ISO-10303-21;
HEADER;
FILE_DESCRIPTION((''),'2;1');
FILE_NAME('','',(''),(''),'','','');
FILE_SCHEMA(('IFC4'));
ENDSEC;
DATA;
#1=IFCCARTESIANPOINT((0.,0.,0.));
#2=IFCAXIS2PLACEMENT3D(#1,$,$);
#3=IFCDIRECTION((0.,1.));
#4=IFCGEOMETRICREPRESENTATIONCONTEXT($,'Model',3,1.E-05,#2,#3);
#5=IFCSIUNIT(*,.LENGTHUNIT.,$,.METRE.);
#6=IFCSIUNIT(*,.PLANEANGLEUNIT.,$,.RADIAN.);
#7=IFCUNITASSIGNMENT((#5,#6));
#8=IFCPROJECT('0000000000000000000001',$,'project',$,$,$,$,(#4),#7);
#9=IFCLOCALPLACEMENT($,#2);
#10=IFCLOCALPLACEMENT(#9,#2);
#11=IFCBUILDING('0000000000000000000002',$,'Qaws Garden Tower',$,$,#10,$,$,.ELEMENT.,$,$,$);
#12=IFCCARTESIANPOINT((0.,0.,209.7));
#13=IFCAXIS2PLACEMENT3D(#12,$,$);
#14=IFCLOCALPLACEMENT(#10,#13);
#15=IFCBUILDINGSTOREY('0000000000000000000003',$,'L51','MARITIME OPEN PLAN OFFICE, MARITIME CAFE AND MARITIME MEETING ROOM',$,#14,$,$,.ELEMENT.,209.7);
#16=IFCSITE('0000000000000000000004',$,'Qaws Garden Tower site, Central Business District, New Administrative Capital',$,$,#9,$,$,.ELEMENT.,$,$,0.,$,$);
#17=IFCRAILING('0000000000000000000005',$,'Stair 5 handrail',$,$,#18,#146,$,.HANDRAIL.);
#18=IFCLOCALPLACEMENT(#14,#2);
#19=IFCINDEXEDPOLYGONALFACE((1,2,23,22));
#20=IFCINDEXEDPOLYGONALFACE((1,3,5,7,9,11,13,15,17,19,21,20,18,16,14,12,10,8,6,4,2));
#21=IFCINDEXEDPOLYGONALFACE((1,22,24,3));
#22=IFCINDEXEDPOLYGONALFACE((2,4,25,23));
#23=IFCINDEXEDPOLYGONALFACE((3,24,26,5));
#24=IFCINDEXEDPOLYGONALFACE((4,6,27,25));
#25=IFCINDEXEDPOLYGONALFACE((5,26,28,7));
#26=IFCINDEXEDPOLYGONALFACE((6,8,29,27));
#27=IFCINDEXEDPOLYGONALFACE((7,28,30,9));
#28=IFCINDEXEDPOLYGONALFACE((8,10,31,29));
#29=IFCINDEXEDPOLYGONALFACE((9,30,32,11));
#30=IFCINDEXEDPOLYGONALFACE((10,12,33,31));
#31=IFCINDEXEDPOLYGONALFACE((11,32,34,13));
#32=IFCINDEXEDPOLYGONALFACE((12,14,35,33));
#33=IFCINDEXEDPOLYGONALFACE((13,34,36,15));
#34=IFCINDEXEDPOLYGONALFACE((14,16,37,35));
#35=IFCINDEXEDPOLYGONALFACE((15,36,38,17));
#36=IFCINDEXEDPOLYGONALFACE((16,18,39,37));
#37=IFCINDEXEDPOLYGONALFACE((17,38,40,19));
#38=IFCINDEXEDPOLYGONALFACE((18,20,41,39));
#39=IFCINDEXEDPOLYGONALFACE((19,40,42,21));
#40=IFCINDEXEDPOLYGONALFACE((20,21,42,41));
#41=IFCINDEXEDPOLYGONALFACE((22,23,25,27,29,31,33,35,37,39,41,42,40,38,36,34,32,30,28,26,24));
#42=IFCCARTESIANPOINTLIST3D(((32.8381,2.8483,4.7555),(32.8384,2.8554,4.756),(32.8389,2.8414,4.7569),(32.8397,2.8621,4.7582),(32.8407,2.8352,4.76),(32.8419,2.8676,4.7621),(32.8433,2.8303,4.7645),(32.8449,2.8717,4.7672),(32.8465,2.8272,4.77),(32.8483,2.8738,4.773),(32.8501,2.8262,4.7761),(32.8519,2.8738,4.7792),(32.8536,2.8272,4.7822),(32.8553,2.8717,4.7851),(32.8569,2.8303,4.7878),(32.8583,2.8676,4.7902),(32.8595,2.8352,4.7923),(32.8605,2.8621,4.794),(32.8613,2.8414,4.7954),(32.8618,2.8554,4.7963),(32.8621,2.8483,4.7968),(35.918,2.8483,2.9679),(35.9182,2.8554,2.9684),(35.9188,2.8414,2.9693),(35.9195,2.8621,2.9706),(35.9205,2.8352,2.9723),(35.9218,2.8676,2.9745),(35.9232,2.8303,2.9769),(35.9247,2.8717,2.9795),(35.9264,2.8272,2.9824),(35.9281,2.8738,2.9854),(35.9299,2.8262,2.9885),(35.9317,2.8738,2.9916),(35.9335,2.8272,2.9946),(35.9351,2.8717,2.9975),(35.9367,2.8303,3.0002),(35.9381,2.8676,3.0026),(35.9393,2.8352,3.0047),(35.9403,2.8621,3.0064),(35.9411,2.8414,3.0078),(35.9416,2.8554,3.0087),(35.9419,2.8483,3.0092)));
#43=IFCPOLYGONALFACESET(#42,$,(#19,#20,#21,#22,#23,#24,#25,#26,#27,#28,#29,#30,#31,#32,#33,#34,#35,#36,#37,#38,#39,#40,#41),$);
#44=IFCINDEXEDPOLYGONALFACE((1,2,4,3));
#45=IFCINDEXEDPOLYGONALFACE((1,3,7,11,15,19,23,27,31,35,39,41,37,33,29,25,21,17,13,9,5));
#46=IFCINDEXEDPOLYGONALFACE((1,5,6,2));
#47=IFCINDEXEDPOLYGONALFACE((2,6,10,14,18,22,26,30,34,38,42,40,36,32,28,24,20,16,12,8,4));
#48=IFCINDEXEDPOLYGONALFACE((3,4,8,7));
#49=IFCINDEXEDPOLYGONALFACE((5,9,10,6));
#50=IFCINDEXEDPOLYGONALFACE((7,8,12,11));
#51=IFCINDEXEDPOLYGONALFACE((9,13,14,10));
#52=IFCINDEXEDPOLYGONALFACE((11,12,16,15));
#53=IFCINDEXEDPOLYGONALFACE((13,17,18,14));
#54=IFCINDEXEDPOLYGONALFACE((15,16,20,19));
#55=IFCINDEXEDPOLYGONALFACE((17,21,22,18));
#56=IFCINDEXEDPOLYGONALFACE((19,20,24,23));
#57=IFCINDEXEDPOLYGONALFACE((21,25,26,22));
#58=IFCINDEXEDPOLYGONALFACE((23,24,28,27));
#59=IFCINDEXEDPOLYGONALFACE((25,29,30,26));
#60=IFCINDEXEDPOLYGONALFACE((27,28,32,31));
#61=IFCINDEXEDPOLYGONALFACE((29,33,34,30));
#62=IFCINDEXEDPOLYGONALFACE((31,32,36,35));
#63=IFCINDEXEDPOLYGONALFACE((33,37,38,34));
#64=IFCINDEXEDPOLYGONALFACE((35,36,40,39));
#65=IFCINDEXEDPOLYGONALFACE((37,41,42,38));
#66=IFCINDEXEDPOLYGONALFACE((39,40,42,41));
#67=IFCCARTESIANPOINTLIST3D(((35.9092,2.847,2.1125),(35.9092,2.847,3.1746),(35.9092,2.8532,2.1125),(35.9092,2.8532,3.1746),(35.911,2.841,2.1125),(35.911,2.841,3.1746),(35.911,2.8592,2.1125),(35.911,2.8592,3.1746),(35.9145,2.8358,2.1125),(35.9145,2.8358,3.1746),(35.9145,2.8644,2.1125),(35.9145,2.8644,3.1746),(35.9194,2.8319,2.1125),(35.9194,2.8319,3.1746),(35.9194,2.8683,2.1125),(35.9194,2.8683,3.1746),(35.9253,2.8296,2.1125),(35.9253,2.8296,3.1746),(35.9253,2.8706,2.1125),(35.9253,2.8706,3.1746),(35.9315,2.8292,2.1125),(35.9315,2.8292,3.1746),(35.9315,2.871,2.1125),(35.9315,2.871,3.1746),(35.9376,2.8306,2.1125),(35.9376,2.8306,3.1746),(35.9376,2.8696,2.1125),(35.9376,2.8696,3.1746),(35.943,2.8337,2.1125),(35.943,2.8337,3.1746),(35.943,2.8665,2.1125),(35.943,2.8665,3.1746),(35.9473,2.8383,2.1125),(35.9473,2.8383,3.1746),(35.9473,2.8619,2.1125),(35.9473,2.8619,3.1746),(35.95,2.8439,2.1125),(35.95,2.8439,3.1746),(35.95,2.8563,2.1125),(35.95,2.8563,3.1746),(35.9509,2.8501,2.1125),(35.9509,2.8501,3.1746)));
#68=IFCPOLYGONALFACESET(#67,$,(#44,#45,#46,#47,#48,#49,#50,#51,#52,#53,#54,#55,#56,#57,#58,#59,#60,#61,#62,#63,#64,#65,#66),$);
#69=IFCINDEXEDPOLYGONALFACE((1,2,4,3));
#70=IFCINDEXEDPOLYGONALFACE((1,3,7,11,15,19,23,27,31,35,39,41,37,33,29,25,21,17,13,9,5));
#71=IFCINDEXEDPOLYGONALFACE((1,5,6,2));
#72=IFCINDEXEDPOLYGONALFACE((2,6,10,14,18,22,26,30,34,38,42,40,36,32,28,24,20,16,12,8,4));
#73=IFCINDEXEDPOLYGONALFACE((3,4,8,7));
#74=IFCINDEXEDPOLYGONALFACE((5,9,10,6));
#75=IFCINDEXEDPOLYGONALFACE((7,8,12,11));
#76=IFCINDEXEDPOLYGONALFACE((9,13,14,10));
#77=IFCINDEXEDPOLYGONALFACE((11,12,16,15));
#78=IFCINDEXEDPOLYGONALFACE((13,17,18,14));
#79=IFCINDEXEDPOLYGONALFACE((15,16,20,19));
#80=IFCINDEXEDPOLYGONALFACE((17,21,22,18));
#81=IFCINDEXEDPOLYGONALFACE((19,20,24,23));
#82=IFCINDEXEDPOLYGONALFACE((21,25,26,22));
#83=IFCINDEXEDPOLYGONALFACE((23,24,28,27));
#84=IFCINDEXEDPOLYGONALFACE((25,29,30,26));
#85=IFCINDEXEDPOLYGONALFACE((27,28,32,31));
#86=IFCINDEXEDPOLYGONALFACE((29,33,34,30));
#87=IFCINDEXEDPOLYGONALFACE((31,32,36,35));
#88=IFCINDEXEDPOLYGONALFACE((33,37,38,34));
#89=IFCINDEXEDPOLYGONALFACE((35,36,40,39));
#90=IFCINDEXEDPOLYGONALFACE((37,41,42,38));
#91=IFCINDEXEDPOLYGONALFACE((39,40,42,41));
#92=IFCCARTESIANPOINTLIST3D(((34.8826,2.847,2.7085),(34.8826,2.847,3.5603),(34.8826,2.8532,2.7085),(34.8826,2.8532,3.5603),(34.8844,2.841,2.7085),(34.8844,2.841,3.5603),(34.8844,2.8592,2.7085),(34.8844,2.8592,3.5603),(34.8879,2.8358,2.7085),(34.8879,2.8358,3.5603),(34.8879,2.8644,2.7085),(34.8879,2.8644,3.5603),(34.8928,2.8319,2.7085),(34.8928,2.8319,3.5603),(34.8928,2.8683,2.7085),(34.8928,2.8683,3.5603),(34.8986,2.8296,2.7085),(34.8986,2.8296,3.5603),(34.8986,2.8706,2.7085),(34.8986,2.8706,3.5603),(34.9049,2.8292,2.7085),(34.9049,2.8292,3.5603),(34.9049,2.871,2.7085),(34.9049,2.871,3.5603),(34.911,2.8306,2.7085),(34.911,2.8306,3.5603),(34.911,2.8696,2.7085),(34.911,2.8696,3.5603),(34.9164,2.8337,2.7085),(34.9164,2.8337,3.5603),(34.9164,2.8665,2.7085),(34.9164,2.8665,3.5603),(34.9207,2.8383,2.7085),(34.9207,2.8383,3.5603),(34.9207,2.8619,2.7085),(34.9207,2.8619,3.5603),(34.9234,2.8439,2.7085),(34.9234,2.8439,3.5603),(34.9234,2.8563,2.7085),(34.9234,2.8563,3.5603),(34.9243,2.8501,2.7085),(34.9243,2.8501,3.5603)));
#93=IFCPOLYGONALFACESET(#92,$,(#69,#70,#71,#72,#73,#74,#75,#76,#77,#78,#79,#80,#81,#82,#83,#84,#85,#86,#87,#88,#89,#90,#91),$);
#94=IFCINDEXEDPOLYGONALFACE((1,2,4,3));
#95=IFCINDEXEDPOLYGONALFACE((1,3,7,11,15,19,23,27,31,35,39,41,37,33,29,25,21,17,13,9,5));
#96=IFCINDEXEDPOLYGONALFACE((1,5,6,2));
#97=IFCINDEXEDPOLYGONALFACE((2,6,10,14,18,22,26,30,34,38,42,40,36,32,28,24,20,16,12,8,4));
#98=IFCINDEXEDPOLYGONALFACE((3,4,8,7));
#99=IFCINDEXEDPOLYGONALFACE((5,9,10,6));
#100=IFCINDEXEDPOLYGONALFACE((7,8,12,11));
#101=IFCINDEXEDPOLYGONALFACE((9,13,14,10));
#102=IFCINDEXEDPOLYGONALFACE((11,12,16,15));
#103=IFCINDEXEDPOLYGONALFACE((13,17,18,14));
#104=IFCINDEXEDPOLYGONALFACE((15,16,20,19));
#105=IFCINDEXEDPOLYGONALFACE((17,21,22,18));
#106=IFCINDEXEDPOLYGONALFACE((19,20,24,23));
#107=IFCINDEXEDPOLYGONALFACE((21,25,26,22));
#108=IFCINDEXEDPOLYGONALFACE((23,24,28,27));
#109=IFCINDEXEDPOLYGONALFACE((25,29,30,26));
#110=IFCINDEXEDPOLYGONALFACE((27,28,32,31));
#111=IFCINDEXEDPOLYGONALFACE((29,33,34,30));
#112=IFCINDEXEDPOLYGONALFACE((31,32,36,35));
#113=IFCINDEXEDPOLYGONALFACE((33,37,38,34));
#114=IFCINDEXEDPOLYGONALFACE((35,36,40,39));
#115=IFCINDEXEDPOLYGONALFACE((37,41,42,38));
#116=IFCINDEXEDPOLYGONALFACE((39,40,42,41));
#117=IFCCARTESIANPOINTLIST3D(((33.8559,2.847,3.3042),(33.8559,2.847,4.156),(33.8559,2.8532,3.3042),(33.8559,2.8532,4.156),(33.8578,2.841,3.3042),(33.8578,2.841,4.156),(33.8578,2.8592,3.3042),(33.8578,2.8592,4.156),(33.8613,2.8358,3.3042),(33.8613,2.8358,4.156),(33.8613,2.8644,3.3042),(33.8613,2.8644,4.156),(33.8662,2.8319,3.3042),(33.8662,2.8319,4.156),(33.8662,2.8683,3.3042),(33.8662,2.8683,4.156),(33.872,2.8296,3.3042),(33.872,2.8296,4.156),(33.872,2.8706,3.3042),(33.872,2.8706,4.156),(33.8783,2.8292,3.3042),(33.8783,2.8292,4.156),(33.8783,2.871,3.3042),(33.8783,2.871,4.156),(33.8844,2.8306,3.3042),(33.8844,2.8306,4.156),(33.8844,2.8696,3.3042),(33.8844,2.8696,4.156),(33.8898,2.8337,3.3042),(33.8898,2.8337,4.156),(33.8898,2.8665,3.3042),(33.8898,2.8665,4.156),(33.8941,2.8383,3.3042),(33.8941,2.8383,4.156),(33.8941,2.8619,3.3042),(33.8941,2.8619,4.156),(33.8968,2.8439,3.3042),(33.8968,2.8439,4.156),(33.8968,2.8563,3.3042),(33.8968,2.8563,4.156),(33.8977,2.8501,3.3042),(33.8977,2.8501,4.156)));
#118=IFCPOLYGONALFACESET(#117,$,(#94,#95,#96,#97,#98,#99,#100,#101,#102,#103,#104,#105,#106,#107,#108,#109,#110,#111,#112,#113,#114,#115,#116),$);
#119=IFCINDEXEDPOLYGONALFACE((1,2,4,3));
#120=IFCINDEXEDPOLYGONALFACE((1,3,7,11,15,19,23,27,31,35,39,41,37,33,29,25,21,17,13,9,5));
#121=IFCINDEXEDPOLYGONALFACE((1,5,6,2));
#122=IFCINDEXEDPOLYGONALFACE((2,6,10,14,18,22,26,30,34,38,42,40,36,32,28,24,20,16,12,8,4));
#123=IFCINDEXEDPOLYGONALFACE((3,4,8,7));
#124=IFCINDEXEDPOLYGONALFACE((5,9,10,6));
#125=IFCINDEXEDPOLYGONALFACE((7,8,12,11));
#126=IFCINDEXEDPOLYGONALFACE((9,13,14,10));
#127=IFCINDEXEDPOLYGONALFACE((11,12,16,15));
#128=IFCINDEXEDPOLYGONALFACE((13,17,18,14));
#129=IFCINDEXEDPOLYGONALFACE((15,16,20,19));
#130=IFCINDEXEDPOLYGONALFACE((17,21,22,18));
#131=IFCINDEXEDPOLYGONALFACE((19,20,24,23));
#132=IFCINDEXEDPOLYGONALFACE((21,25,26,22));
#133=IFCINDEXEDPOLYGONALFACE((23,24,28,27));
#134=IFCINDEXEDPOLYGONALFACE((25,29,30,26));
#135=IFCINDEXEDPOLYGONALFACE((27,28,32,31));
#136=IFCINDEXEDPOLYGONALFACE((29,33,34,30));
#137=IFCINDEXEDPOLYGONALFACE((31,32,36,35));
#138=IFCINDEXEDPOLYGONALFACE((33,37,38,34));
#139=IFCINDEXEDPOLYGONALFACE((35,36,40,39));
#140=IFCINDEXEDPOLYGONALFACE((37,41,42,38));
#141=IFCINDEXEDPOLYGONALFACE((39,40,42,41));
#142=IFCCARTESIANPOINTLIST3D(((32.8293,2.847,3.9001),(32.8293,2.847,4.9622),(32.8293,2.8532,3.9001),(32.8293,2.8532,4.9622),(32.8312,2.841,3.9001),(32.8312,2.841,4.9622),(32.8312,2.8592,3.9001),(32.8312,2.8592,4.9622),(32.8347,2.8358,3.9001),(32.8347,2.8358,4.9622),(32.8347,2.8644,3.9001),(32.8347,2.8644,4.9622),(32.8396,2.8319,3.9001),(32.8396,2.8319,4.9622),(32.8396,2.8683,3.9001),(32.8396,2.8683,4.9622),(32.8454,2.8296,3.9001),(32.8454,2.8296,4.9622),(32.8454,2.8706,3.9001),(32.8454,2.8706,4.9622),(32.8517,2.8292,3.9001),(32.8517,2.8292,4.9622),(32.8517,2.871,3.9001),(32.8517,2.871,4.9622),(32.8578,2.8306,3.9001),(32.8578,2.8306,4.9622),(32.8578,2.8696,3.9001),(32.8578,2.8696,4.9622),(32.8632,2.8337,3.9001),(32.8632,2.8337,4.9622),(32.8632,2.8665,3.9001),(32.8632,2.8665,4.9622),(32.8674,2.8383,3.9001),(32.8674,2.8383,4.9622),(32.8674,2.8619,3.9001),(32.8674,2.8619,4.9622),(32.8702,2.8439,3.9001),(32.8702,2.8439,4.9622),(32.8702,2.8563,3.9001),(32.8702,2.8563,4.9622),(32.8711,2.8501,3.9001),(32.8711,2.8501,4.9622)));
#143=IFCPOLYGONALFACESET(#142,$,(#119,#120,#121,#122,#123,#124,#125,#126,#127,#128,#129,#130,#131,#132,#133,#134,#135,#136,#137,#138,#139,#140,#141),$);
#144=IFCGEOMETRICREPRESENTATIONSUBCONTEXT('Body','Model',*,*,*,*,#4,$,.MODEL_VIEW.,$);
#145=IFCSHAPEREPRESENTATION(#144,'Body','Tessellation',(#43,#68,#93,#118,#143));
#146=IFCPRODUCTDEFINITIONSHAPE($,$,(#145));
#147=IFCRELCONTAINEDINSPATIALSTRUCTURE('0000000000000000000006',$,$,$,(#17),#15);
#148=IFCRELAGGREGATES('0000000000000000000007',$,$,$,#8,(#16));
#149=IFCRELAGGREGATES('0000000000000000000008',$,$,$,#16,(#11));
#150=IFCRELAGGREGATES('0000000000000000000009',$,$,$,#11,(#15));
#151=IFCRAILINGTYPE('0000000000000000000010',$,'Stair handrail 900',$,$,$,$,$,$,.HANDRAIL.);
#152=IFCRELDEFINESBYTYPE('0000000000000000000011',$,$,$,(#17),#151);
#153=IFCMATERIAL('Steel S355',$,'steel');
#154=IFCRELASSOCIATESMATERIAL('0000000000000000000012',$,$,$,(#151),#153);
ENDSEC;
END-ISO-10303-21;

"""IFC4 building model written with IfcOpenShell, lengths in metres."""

from ifc_helpers import new_model, si_unit, direction, frame, origin, origin_2d, place, context, subcontext, project, spatial, circle, extrude, material, type_object, element, save


model = new_model("IFC4")

# Units and contexts
model_context = context("Model", 3, precision=1e-05, world=origin(), true_north=direction((0.0, 1.0)))
body_context = subcontext(model_context, "Body", "Model", "MODEL_VIEW")
ifc_project = project(units=[si_unit("LENGTHUNIT", "METRE"), si_unit("PLANEANGLEUNIT", "RADIAN")], contexts=[model_context])

# Site, building, storey
site_placement = place(None, origin())
site = spatial("IfcSite", under=ifc_project, at=site_placement, Name="Qaws Garden Tower site, Central Business District, New Administrative Capital", CompositionType="ELEMENT", RefElevation=0.0)
building_placement = place(site_placement, origin())
building = spatial("IfcBuilding", under=site, at=building_placement, Name="Qaws Garden Tower", CompositionType="ELEMENT")
storey_placement = place(building_placement, frame((0.0, 0.0, 209.7)))
storey = spatial("IfcBuildingStorey", under=building, at=storey_placement, Name="L51", Description="MARITIME OPEN PLAN OFFICE, MARITIME CAFE AND MARITIME MEETING ROOM", CompositionType="ELEMENT", Elevation=209.7)

# Railing
ifc_material_1 = material(Name="Steel S355", Category="steel")
railing_type = type_object("IfcRailingType", Name="Stair handrail 900", PredefinedType="HANDRAIL", material=ifc_material_1)
railing_placement = place(storey_placement, frame((35.9299, 2.8501, 2.1125)))
element("IfcRailing", 1, at=railing_placement, inside=storey, type_object=railing_type, Name="Stair 5 handrail", PredefinedType="HANDRAIL", context=body_context, shape_type="SweptSolid", body=[
    extrude(circle(Radius=0.0239, at=origin_2d()), frame((0.0, 0.0, 0.876), z_axis=(-0.864873, 0.0, 0.50199), x_axis=(0.0, -1.0, 0.0)), (0.0, 0.0, 1.0), 3.561),
    extrude(circle(Radius=0.021, at=origin_2d()), origin(), (0.0, 0.0, 1.0), 1.062),
    extrude(circle(Radius=0.021, at=origin_2d()), frame((-1.0266, 0.0, 0.5959)), (0.0, 0.0, 1.0), 0.8518),
    extrude(circle(Radius=0.021, at=origin_2d()), frame((-2.0532, 0.0, 1.1917)), (0.0, 0.0, 1.0), 0.8518),
    extrude(circle(Radius=0.021, at=origin_2d()), frame((-3.0798, 0.0, 1.7876)), (0.0, 0.0, 1.0), 1.062),
])

save(model, "model.ifc")
